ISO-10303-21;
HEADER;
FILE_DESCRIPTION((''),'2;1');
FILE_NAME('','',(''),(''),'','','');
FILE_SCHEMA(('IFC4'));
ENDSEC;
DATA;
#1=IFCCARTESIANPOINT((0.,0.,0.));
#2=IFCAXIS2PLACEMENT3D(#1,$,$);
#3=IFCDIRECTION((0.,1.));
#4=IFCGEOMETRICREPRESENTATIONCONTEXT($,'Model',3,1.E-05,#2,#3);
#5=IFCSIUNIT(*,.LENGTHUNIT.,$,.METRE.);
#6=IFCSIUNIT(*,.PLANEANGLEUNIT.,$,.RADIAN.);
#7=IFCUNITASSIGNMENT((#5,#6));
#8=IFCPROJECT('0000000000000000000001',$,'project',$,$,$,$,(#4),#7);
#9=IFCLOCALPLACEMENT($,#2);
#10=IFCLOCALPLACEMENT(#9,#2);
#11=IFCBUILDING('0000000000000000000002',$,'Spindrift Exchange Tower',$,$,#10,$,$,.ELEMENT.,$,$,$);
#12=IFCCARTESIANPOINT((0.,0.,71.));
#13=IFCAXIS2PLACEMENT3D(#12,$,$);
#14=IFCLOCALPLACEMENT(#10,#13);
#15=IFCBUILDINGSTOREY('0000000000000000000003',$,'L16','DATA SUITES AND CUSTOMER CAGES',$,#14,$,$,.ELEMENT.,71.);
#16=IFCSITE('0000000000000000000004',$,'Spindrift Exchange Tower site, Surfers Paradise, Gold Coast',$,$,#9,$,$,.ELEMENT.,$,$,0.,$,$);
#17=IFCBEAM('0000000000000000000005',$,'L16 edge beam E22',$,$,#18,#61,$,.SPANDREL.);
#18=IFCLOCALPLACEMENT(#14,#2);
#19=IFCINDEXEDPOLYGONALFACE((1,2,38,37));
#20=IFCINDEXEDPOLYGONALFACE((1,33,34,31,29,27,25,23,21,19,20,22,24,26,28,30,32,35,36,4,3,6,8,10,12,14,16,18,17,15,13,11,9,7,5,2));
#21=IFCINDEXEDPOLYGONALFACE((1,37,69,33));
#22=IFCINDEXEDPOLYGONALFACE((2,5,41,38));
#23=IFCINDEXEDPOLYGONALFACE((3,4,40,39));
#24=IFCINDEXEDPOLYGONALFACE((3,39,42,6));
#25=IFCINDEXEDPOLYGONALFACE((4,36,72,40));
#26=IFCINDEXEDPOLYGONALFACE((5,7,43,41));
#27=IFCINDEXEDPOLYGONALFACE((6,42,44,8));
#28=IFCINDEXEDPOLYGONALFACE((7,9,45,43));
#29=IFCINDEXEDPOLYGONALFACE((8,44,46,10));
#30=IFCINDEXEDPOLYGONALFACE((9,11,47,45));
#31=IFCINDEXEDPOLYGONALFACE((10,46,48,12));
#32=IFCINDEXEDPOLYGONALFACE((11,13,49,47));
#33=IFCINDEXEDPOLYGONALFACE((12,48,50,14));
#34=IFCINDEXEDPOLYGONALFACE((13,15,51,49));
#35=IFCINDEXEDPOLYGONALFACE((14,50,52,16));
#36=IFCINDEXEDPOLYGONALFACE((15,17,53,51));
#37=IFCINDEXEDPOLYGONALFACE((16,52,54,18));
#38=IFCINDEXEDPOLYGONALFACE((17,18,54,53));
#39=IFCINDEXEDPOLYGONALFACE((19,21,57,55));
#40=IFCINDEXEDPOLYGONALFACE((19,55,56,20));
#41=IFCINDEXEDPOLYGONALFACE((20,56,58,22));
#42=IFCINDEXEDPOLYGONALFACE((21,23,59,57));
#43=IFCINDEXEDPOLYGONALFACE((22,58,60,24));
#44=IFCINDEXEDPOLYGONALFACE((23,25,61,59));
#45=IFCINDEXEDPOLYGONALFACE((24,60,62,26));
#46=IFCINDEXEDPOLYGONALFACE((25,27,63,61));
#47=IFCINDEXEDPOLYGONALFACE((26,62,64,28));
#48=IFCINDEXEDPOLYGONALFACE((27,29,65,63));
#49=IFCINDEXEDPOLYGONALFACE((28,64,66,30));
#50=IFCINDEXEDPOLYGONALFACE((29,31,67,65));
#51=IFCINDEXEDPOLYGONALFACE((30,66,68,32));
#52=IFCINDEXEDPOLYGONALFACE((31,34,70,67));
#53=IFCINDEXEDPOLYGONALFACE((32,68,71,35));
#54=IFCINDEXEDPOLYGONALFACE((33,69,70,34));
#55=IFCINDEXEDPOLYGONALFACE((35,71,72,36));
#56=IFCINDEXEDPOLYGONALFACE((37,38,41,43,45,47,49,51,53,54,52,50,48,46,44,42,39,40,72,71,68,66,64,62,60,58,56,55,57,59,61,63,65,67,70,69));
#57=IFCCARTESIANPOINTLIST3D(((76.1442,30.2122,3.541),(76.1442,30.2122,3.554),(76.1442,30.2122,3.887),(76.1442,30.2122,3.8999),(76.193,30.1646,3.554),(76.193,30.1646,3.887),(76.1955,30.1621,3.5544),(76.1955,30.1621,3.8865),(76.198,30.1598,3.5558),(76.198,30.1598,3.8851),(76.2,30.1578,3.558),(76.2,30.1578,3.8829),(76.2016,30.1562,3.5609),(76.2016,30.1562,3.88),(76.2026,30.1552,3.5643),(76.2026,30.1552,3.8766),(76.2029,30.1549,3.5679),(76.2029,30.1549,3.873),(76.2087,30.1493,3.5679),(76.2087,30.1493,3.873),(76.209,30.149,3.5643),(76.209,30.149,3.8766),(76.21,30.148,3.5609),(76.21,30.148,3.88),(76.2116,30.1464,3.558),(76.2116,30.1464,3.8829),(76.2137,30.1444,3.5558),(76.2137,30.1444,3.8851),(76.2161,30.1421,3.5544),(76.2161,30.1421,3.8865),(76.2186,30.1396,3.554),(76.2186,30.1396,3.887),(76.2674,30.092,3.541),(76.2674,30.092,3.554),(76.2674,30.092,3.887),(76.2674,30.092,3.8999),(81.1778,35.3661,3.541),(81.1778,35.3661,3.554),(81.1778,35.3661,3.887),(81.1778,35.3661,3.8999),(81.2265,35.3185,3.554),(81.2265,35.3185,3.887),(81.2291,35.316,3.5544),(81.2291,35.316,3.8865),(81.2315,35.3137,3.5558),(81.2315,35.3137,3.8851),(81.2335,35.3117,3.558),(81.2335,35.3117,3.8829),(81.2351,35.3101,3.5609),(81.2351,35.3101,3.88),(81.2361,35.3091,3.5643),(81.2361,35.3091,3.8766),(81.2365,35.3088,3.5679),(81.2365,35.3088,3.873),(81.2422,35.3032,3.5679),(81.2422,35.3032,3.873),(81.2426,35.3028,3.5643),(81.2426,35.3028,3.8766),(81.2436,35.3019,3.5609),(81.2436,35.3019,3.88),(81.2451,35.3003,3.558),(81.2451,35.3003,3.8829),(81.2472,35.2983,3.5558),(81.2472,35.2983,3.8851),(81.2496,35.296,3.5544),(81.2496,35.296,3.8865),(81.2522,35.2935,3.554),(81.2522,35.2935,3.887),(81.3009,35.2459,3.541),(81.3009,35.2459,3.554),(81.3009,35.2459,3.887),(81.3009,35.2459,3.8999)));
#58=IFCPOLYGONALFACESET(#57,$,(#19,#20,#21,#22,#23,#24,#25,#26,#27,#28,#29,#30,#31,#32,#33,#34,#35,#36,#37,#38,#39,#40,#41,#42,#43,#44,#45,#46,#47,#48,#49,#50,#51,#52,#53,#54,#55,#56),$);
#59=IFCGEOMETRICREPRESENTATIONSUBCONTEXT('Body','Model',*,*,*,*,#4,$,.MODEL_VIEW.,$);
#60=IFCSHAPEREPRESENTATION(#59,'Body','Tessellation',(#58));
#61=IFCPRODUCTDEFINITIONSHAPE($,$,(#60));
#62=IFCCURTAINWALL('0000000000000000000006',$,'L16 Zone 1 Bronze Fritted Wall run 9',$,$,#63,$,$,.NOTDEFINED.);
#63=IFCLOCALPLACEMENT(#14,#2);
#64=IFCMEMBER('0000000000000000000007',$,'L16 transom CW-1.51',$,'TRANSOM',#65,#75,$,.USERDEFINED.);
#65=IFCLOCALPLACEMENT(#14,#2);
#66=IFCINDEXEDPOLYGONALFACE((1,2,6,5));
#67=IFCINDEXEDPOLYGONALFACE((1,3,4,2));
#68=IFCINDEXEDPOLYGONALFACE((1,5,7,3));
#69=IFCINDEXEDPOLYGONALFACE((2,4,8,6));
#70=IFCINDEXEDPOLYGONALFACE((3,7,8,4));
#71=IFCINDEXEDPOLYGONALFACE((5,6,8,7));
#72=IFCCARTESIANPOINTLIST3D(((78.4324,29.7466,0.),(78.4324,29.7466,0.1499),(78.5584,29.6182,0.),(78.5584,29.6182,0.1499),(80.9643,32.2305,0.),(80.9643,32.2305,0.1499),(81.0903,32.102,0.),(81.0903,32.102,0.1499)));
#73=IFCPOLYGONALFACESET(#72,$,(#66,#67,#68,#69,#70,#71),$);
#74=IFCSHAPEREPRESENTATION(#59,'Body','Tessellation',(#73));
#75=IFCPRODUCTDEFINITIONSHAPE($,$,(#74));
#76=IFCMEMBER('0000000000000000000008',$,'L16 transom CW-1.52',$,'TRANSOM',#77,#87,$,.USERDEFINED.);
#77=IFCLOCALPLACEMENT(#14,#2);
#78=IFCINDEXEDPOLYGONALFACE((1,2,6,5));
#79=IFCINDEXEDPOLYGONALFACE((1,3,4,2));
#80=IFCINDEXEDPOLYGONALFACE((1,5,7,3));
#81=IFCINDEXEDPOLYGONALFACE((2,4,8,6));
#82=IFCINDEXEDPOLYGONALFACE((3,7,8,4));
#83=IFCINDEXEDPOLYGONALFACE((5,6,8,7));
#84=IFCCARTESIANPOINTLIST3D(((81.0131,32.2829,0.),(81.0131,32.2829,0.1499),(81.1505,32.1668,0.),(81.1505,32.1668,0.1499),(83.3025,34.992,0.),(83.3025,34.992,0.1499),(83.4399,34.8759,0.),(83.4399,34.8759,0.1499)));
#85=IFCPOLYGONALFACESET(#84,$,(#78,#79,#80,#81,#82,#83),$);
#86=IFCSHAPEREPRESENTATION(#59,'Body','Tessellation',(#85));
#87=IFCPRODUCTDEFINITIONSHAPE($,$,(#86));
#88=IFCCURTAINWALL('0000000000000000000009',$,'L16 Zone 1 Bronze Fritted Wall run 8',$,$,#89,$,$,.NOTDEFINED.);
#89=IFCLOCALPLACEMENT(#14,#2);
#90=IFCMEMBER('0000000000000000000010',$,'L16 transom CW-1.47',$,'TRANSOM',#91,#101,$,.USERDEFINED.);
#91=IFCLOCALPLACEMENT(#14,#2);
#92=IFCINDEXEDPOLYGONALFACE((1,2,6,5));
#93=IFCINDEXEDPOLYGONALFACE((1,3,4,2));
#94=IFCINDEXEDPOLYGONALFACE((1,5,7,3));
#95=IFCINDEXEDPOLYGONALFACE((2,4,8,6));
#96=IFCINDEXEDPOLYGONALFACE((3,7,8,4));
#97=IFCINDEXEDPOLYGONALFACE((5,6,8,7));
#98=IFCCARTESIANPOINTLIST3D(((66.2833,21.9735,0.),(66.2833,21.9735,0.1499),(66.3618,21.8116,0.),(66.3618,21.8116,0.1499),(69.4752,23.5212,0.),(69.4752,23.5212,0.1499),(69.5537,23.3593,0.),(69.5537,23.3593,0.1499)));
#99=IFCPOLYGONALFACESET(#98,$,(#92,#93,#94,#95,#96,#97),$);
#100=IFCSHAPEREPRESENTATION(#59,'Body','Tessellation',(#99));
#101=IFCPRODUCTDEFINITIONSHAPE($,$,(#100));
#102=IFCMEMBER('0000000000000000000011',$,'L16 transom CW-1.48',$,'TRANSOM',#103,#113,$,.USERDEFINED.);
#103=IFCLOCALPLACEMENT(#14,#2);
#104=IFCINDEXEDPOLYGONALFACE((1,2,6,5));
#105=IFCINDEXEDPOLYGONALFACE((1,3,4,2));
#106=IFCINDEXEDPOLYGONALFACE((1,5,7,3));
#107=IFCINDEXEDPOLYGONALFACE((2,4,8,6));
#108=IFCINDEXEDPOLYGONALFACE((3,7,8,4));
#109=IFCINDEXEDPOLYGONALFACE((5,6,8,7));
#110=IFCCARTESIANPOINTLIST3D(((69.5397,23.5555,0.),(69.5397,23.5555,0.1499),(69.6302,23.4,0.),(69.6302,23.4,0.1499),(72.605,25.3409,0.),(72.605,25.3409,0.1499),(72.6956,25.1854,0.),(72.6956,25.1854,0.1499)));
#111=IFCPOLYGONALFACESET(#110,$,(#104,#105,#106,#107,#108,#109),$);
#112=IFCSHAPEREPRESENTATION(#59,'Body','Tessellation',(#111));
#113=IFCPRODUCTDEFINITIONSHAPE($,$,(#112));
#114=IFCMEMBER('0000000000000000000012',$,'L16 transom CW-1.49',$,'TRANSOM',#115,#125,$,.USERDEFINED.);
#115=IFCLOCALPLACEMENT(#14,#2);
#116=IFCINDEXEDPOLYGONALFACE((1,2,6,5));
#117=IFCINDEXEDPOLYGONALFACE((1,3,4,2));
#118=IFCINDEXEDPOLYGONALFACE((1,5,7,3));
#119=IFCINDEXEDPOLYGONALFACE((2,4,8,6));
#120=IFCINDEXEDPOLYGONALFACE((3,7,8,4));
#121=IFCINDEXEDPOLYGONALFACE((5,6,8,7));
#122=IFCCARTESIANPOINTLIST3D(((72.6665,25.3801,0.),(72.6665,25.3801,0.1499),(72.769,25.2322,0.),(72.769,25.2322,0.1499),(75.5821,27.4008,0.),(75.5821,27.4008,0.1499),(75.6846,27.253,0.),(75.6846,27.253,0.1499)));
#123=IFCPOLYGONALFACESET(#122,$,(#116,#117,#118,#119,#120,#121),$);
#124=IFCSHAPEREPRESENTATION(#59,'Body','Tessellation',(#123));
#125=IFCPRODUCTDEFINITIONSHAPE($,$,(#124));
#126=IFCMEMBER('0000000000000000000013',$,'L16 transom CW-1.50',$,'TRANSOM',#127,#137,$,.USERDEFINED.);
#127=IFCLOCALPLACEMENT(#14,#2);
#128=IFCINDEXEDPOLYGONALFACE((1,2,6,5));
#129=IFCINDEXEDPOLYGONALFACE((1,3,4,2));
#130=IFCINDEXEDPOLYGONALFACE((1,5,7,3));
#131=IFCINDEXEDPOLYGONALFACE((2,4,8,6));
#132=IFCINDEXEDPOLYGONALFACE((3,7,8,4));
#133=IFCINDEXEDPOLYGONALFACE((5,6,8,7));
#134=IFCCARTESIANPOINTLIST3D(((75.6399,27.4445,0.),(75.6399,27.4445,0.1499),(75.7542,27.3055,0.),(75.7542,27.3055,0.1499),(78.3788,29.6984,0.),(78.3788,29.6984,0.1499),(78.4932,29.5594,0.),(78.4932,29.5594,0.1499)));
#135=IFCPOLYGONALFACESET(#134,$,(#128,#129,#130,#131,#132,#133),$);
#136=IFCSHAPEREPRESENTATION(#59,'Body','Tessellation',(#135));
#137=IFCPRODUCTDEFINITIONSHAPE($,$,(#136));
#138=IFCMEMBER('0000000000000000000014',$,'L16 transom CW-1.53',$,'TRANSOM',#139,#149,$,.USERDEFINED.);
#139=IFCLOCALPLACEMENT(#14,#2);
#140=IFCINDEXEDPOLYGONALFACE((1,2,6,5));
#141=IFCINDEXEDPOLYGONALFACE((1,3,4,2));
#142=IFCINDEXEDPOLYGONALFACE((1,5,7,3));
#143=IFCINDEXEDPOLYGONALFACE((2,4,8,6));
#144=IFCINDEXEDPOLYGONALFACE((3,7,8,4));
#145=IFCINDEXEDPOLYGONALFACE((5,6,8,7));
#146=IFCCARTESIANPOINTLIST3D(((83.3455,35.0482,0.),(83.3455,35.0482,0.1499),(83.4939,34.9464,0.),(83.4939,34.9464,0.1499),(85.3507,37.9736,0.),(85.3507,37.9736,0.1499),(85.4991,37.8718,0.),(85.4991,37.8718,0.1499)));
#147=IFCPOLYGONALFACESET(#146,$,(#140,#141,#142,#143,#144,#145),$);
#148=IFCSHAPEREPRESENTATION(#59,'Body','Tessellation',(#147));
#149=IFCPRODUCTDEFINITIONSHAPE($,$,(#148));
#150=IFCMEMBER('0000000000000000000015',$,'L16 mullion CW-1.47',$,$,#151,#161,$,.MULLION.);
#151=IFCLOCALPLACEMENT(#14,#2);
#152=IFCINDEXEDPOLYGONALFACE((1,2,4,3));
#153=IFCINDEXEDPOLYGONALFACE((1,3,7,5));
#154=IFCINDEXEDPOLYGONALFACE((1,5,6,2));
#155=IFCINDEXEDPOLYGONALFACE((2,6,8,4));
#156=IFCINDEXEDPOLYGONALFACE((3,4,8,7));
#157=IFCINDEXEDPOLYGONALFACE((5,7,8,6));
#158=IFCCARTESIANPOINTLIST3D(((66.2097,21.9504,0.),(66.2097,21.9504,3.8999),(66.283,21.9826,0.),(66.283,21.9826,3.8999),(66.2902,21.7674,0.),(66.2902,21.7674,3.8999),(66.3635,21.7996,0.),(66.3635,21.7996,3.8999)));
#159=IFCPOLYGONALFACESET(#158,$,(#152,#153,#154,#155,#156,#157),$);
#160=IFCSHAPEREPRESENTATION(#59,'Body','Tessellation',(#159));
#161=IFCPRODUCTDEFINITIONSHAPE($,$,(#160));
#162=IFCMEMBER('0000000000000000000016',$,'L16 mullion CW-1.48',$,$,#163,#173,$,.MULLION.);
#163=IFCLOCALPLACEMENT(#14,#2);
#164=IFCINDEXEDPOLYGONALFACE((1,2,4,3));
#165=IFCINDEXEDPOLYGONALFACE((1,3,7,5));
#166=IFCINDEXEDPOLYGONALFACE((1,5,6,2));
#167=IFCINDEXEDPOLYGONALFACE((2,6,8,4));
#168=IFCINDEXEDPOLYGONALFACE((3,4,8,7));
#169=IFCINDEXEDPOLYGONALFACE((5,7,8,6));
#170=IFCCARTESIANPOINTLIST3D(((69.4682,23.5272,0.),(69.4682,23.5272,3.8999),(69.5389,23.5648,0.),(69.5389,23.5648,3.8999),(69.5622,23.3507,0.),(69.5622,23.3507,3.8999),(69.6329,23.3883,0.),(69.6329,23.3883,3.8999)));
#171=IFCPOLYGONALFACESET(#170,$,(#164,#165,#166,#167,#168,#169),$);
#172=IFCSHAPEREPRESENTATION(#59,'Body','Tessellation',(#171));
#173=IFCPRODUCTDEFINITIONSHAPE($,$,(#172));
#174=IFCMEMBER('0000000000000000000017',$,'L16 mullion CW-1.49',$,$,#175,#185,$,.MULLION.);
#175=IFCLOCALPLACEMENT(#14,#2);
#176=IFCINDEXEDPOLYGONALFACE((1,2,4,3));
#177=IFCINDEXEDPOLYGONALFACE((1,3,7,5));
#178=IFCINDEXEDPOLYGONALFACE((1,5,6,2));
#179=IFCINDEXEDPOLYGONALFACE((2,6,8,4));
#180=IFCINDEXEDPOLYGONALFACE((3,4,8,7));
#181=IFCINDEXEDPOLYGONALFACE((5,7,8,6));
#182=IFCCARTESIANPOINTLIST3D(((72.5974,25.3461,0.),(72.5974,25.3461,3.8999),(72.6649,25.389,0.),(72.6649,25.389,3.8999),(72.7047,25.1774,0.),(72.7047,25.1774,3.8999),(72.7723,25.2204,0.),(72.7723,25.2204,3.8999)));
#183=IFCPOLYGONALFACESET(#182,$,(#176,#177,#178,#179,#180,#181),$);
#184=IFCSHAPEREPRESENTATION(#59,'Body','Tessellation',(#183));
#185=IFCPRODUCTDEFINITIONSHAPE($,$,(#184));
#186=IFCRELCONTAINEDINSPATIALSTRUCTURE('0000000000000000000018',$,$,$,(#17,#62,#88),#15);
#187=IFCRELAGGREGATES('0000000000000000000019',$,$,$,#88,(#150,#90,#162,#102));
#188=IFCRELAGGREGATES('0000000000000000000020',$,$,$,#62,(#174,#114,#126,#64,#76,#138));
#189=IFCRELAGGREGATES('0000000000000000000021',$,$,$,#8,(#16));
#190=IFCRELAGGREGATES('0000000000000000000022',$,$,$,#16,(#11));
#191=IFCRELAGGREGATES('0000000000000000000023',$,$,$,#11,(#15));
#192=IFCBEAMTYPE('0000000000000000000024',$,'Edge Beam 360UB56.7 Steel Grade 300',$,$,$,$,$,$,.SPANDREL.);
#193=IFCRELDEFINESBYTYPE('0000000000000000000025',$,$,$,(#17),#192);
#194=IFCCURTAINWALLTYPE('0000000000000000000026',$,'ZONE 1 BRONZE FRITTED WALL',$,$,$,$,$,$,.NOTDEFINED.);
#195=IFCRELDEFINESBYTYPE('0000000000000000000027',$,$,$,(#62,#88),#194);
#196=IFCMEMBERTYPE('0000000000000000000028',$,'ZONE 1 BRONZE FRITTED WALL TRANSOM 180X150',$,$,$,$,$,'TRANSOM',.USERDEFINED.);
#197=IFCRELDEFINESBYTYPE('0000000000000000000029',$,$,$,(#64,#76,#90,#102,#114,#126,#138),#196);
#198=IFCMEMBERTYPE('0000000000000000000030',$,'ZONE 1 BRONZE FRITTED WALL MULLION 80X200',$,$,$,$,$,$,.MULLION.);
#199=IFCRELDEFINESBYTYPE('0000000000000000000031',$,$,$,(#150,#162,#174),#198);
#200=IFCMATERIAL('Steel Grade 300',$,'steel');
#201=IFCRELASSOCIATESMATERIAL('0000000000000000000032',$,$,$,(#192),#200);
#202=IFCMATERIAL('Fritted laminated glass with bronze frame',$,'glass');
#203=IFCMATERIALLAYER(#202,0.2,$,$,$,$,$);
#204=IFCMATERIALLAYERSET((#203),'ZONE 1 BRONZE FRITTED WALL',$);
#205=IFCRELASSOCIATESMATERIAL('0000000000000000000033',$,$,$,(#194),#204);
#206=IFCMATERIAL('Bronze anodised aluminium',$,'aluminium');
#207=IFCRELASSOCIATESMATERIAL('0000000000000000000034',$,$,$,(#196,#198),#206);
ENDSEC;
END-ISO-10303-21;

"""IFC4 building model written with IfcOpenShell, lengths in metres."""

from ifc_helpers import new_model, si_unit, direction, frame, origin, origin_2d, place, context, subcontext, project, spatial, rectangle, i_section, extrude, source, transform, mapped, material, layer, layer_set, material_profile, profile_set, type_object, element, aggregate, save


model = new_model("IFC4")

# Units and contexts
model_context = context("Model", 3, precision=1e-05, world=origin(), true_north=direction((0.0, 1.0)))
body_context = subcontext(model_context, "Body", "Model", "MODEL_VIEW")
ifc_project = project(units=[si_unit("LENGTHUNIT", "METRE"), si_unit("PLANEANGLEUNIT", "RADIAN")], contexts=[model_context])

# Site, building, storey
site_placement = place(None, origin())
site = spatial("IfcSite", under=ifc_project, at=site_placement, Name="Spindrift Exchange Tower site, Surfers Paradise, Gold Coast", CompositionType="ELEMENT", RefElevation=0.0)
building_placement = place(site_placement, origin())
building = spatial("IfcBuilding", under=site, at=building_placement, Name="Spindrift Exchange Tower", CompositionType="ELEMENT")
storey_placement = place(building_placement, frame((0.0, 0.0, 71.0)))
storey = spatial("IfcBuildingStorey", under=building, at=storey_placement, Name="L16", Description="DATA SUITES AND CUSTOMER CAGES", CompositionType="ELEMENT", Elevation=71.0)

# Beam
ifc_material_1 = material(Name="Steel Grade 300", Category="steel")
ifc_material_profile_1 = material_profile(ifc_material_1, i_section(OverallWidth=0.1721, OverallDepth=0.3589, WebThickness=0.0081, FlangeThickness=0.0129, FilletRadius=0.0139, at=origin_2d()), Name="360UB56.7")
ifc_profile_set_1 = profile_set([ifc_material_profile_1], Name="Steel Grade 300")
beam_type = type_object("IfcBeamType", Name="Edge Beam 360UB56.7 Steel Grade 300", PredefinedType="SPANDREL", material=ifc_profile_set_1)
shared_shape_1 = source(origin(), body_context, "Body", "SweptSolid", [
    extrude(i_section(OverallWidth=0.1721, OverallDepth=0.3589, WebThickness=0.0081, FlangeThickness=0.0129, FilletRadius=0.0139, at=origin_2d()), origin(), (0.0, 0.0, 1.0), 7.2041),
])
beam_1_placement = place(storey_placement, frame((76.2058, 30.1521, 3.7205), z_axis=(0.698704, 0.715411, 0.0), x_axis=(-0.715411, 0.698704, 0.0)))
element("IfcBeam", 1, at=beam_1_placement, inside=storey, type_object=beam_type, Name="L16 edge beam E22", PredefinedType="SPANDREL", context=body_context, shape_type="MappedRepresentation", body=[
    mapped(shared_shape_1, transform((0.0, 0.0, 0.0), scale=1.0)),
])

# Curtain walls, members
ifc_material_2 = material(Name="Fritted laminated glass with bronze frame", Category="glass")
ifc_layer_1 = layer(ifc_material_2, 0.2)
ifc_layer_set_1 = layer_set([ifc_layer_1], Name="ZONE 1 BRONZE FRITTED WALL")
curtain_wall_type = type_object("IfcCurtainWallType", Name="ZONE 1 BRONZE FRITTED WALL", PredefinedType="NOTDEFINED", material=ifc_layer_set_1)
curtain_wall_1_placement = place(storey_placement, origin())
curtain_wall_1 = element("IfcCurtainWall", 2, at=curtain_wall_1_placement, inside=storey, type_object=curtain_wall_type, Name="L16 Zone 1 Bronze Fritted Wall run 9", PredefinedType="NOTDEFINED")
ifc_material_3 = material(Name="Bronze anodised aluminium", Category="aluminium")
ifc_material_profile_2 = material_profile(ifc_material_3, rectangle(XDim=0.1799, YDim=0.1499, at=origin_2d()), Name="ZONE 1 BRONZE FRITTED WALL TRANSOM 180X150")
ifc_profile_set_2 = profile_set([ifc_material_profile_2], Name="Bronze anodised aluminium")
member_type_1 = type_object("IfcMemberType", Name="ZONE 1 BRONZE FRITTED WALL TRANSOM 180X150", ElementType="TRANSOM", PredefinedType="USERDEFINED", material=ifc_profile_set_2)
shared_shape_2 = source(origin(), body_context, "Body", "SweptSolid", [
    extrude(rectangle(XDim=0.1799, YDim=0.1499, at=origin_2d()), origin(), (0.0, 0.0, 1.0), 3.5469),
])
member_1_placement = place(storey_placement, frame((78.4954, 29.6824, 0.075), z_axis=(0.713854, 0.700294, 0.0), x_axis=(-0.700294, 0.713854, 0.0)))
member_1 = element("IfcMember", 3, at=member_1_placement, type_object=member_type_1, Name="L16 transom CW-1.51", ObjectType="TRANSOM", PredefinedType="USERDEFINED", context=body_context, shape_type="MappedRepresentation", body=[
    mapped(shared_shape_2, transform((0.0, 0.0, 0.0), scale=1.0)),
])
member_2_placement = place(storey_placement, frame((81.0818, 32.2249, 0.075), z_axis=(0.645464, 0.763791, 0.0), x_axis=(-0.763791, 0.645464, 0.0)))
member_2 = element("IfcMember", 4, at=member_2_placement, type_object=member_type_1, Name="L16 transom CW-1.52", ObjectType="TRANSOM", PredefinedType="USERDEFINED", context=body_context, shape_type="MappedRepresentation", body=[
    mapped(shared_shape_2, transform((0.0, 0.0, 0.0), scale=1.0)),
])
curtain_wall_2_placement = place(storey_placement, origin())
curtain_wall_2 = element("IfcCurtainWall", 5, at=curtain_wall_2_placement, inside=storey, type_object=curtain_wall_type, Name="L16 Zone 1 Bronze Fritted Wall run 8", PredefinedType="NOTDEFINED")
shared_shape_3 = source(origin(), body_context, "Body", "SweptSolid", [
    extrude(rectangle(XDim=0.1799, YDim=0.1499, at=origin_2d()), origin(), (0.0, 0.0, 1.0), 3.5474),
])
member_3_placement = place(storey_placement, frame((66.3225, 21.8926, 0.075), z_axis=(0.899812, 0.436279, 0.0), x_axis=(-0.436279, 0.899812, 0.0)))
member_3 = element("IfcMember", 6, at=member_3_placement, type_object=member_type_1, Name="L16 transom CW-1.47", ObjectType="TRANSOM", PredefinedType="USERDEFINED", context=body_context, shape_type="MappedRepresentation", body=[
    mapped(shared_shape_3, transform((0.0, 0.0, 0.0), scale=1.0)),
])
member_4_placement = place(storey_placement, frame((69.585, 23.4778, 0.075), z_axis=(0.864118, 0.503289, 0.0), x_axis=(-0.503289, 0.864118, 0.0)))
member_4 = element("IfcMember", 7, at=member_4_placement, type_object=member_type_1, Name="L16 transom CW-1.48", ObjectType="TRANSOM", PredefinedType="USERDEFINED", context=body_context, shape_type="MappedRepresentation", body=[
    mapped(shared_shape_3, transform((0.0, 0.0, 0.0), scale=1.0)),
])

# Members
member_5_placement = place(storey_placement, frame((72.7178, 25.3062, 0.075), z_axis=(0.821887, 0.56965, 0.0), x_axis=(-0.56965, 0.821887, 0.0)))
member_5 = element("IfcMember", 8, at=member_5_placement, type_object=member_type_1, Name="L16 transom CW-1.49", ObjectType="TRANSOM", PredefinedType="USERDEFINED", context=body_context, shape_type="MappedRepresentation", body=[
    mapped(shared_shape_3, transform((0.0, 0.0, 0.0), scale=1.0)),
])
shared_shape_4 = source(origin(), body_context, "Body", "SweptSolid", [
    extrude(rectangle(XDim=0.1799, YDim=0.1499, at=origin_2d()), origin(), (0.0, 0.0, 1.0), 3.5471),
])
member_6_placement = place(storey_placement, frame((75.697, 27.375, 0.075), z_axis=(0.772173, 0.635413, 0.0), x_axis=(-0.635413, 0.772173, 0.0)))
member_6 = element("IfcMember", 9, at=member_6_placement, type_object=member_type_1, Name="L16 transom CW-1.50", ObjectType="TRANSOM", PredefinedType="USERDEFINED", context=body_context, shape_type="MappedRepresentation", body=[
    mapped(shared_shape_4, transform((0.0, 0.0, 0.0), scale=1.0)),
])
shared_shape_5 = source(origin(), body_context, "Body", "SweptSolid", [
    extrude(rectangle(XDim=0.1799, YDim=0.1499, at=origin_2d()), origin(), (0.0, 0.0, 1.0), 3.5466),
])
member_7_placement = place(storey_placement, frame((83.4197, 34.9973, 0.075), z_axis=(0.565377, 0.824832, 0.0), x_axis=(-0.824832, 0.565377, 0.0)))
member_7 = element("IfcMember", 10, at=member_7_placement, type_object=member_type_1, Name="L16 transom CW-1.53", ObjectType="TRANSOM", PredefinedType="USERDEFINED", context=body_context, shape_type="MappedRepresentation", body=[
    mapped(shared_shape_5, transform((0.0, 0.0, 0.0), scale=1.0)),
])
ifc_material_profile_3 = material_profile(ifc_material_3, rectangle(XDim=0.0801, YDim=0.2, at=origin_2d()), Name="ZONE 1 BRONZE FRITTED WALL MULLION 80X200")
ifc_profile_set_3 = profile_set([ifc_material_profile_3], Name="Bronze anodised aluminium")
member_type_2 = type_object("IfcMemberType", Name="ZONE 1 BRONZE FRITTED WALL MULLION 80X200", PredefinedType="MULLION", material=ifc_profile_set_3)
shared_shape_6 = source(origin(), body_context, "Body", "SweptSolid", [
    extrude(rectangle(XDim=0.0801, YDim=0.2, at=origin_2d()), origin(), (0.0, 0.0, 1.0), 3.8999),
])
member_8_placement = place(storey_placement, frame((66.2866, 21.875, 0.0), z_axis=(0.0, 0.0, 1.0), x_axis=(0.915337, 0.402688, 0.0)))
member_8 = element("IfcMember", 11, at=member_8_placement, type_object=member_type_2, Name="L16 mullion CW-1.47", PredefinedType="MULLION", context=body_context, shape_type="MappedRepresentation", body=[
    mapped(shared_shape_6, transform((0.0, 0.0, 0.0), scale=1.0)),
])
member_9_placement = place(storey_placement, frame((69.5505, 23.4578, 0.0), z_axis=(0.0, 0.0, 1.0), x_axis=(0.882595, 0.470134, 0.0)))
member_9 = element("IfcMember", 12, at=member_9_placement, type_object=member_type_2, Name="L16 mullion CW-1.48", PredefinedType="MULLION", context=body_context, shape_type="MappedRepresentation", body=[
    mapped(shared_shape_6, transform((0.0, 0.0, 0.0), scale=1.0)),
])
member_10_placement = place(storey_placement, frame((72.6848, 25.2832, 0.0), z_axis=(0.0, 0.0, 1.0), x_axis=(0.843652, 0.536891, 0.0)))
member_10 = element("IfcMember", 13, at=member_10_placement, type_object=member_type_2, Name="L16 mullion CW-1.49", PredefinedType="MULLION", context=body_context, shape_type="MappedRepresentation", body=[
    mapped(shared_shape_6, transform((0.0, 0.0, 0.0), scale=1.0)),
])

aggregate(curtain_wall_2, [member_8, member_3, member_9, member_4])
aggregate(curtain_wall_1, [member_10, member_5, member_6, member_1, member_2, member_7])

save(model, "model.ifc")
